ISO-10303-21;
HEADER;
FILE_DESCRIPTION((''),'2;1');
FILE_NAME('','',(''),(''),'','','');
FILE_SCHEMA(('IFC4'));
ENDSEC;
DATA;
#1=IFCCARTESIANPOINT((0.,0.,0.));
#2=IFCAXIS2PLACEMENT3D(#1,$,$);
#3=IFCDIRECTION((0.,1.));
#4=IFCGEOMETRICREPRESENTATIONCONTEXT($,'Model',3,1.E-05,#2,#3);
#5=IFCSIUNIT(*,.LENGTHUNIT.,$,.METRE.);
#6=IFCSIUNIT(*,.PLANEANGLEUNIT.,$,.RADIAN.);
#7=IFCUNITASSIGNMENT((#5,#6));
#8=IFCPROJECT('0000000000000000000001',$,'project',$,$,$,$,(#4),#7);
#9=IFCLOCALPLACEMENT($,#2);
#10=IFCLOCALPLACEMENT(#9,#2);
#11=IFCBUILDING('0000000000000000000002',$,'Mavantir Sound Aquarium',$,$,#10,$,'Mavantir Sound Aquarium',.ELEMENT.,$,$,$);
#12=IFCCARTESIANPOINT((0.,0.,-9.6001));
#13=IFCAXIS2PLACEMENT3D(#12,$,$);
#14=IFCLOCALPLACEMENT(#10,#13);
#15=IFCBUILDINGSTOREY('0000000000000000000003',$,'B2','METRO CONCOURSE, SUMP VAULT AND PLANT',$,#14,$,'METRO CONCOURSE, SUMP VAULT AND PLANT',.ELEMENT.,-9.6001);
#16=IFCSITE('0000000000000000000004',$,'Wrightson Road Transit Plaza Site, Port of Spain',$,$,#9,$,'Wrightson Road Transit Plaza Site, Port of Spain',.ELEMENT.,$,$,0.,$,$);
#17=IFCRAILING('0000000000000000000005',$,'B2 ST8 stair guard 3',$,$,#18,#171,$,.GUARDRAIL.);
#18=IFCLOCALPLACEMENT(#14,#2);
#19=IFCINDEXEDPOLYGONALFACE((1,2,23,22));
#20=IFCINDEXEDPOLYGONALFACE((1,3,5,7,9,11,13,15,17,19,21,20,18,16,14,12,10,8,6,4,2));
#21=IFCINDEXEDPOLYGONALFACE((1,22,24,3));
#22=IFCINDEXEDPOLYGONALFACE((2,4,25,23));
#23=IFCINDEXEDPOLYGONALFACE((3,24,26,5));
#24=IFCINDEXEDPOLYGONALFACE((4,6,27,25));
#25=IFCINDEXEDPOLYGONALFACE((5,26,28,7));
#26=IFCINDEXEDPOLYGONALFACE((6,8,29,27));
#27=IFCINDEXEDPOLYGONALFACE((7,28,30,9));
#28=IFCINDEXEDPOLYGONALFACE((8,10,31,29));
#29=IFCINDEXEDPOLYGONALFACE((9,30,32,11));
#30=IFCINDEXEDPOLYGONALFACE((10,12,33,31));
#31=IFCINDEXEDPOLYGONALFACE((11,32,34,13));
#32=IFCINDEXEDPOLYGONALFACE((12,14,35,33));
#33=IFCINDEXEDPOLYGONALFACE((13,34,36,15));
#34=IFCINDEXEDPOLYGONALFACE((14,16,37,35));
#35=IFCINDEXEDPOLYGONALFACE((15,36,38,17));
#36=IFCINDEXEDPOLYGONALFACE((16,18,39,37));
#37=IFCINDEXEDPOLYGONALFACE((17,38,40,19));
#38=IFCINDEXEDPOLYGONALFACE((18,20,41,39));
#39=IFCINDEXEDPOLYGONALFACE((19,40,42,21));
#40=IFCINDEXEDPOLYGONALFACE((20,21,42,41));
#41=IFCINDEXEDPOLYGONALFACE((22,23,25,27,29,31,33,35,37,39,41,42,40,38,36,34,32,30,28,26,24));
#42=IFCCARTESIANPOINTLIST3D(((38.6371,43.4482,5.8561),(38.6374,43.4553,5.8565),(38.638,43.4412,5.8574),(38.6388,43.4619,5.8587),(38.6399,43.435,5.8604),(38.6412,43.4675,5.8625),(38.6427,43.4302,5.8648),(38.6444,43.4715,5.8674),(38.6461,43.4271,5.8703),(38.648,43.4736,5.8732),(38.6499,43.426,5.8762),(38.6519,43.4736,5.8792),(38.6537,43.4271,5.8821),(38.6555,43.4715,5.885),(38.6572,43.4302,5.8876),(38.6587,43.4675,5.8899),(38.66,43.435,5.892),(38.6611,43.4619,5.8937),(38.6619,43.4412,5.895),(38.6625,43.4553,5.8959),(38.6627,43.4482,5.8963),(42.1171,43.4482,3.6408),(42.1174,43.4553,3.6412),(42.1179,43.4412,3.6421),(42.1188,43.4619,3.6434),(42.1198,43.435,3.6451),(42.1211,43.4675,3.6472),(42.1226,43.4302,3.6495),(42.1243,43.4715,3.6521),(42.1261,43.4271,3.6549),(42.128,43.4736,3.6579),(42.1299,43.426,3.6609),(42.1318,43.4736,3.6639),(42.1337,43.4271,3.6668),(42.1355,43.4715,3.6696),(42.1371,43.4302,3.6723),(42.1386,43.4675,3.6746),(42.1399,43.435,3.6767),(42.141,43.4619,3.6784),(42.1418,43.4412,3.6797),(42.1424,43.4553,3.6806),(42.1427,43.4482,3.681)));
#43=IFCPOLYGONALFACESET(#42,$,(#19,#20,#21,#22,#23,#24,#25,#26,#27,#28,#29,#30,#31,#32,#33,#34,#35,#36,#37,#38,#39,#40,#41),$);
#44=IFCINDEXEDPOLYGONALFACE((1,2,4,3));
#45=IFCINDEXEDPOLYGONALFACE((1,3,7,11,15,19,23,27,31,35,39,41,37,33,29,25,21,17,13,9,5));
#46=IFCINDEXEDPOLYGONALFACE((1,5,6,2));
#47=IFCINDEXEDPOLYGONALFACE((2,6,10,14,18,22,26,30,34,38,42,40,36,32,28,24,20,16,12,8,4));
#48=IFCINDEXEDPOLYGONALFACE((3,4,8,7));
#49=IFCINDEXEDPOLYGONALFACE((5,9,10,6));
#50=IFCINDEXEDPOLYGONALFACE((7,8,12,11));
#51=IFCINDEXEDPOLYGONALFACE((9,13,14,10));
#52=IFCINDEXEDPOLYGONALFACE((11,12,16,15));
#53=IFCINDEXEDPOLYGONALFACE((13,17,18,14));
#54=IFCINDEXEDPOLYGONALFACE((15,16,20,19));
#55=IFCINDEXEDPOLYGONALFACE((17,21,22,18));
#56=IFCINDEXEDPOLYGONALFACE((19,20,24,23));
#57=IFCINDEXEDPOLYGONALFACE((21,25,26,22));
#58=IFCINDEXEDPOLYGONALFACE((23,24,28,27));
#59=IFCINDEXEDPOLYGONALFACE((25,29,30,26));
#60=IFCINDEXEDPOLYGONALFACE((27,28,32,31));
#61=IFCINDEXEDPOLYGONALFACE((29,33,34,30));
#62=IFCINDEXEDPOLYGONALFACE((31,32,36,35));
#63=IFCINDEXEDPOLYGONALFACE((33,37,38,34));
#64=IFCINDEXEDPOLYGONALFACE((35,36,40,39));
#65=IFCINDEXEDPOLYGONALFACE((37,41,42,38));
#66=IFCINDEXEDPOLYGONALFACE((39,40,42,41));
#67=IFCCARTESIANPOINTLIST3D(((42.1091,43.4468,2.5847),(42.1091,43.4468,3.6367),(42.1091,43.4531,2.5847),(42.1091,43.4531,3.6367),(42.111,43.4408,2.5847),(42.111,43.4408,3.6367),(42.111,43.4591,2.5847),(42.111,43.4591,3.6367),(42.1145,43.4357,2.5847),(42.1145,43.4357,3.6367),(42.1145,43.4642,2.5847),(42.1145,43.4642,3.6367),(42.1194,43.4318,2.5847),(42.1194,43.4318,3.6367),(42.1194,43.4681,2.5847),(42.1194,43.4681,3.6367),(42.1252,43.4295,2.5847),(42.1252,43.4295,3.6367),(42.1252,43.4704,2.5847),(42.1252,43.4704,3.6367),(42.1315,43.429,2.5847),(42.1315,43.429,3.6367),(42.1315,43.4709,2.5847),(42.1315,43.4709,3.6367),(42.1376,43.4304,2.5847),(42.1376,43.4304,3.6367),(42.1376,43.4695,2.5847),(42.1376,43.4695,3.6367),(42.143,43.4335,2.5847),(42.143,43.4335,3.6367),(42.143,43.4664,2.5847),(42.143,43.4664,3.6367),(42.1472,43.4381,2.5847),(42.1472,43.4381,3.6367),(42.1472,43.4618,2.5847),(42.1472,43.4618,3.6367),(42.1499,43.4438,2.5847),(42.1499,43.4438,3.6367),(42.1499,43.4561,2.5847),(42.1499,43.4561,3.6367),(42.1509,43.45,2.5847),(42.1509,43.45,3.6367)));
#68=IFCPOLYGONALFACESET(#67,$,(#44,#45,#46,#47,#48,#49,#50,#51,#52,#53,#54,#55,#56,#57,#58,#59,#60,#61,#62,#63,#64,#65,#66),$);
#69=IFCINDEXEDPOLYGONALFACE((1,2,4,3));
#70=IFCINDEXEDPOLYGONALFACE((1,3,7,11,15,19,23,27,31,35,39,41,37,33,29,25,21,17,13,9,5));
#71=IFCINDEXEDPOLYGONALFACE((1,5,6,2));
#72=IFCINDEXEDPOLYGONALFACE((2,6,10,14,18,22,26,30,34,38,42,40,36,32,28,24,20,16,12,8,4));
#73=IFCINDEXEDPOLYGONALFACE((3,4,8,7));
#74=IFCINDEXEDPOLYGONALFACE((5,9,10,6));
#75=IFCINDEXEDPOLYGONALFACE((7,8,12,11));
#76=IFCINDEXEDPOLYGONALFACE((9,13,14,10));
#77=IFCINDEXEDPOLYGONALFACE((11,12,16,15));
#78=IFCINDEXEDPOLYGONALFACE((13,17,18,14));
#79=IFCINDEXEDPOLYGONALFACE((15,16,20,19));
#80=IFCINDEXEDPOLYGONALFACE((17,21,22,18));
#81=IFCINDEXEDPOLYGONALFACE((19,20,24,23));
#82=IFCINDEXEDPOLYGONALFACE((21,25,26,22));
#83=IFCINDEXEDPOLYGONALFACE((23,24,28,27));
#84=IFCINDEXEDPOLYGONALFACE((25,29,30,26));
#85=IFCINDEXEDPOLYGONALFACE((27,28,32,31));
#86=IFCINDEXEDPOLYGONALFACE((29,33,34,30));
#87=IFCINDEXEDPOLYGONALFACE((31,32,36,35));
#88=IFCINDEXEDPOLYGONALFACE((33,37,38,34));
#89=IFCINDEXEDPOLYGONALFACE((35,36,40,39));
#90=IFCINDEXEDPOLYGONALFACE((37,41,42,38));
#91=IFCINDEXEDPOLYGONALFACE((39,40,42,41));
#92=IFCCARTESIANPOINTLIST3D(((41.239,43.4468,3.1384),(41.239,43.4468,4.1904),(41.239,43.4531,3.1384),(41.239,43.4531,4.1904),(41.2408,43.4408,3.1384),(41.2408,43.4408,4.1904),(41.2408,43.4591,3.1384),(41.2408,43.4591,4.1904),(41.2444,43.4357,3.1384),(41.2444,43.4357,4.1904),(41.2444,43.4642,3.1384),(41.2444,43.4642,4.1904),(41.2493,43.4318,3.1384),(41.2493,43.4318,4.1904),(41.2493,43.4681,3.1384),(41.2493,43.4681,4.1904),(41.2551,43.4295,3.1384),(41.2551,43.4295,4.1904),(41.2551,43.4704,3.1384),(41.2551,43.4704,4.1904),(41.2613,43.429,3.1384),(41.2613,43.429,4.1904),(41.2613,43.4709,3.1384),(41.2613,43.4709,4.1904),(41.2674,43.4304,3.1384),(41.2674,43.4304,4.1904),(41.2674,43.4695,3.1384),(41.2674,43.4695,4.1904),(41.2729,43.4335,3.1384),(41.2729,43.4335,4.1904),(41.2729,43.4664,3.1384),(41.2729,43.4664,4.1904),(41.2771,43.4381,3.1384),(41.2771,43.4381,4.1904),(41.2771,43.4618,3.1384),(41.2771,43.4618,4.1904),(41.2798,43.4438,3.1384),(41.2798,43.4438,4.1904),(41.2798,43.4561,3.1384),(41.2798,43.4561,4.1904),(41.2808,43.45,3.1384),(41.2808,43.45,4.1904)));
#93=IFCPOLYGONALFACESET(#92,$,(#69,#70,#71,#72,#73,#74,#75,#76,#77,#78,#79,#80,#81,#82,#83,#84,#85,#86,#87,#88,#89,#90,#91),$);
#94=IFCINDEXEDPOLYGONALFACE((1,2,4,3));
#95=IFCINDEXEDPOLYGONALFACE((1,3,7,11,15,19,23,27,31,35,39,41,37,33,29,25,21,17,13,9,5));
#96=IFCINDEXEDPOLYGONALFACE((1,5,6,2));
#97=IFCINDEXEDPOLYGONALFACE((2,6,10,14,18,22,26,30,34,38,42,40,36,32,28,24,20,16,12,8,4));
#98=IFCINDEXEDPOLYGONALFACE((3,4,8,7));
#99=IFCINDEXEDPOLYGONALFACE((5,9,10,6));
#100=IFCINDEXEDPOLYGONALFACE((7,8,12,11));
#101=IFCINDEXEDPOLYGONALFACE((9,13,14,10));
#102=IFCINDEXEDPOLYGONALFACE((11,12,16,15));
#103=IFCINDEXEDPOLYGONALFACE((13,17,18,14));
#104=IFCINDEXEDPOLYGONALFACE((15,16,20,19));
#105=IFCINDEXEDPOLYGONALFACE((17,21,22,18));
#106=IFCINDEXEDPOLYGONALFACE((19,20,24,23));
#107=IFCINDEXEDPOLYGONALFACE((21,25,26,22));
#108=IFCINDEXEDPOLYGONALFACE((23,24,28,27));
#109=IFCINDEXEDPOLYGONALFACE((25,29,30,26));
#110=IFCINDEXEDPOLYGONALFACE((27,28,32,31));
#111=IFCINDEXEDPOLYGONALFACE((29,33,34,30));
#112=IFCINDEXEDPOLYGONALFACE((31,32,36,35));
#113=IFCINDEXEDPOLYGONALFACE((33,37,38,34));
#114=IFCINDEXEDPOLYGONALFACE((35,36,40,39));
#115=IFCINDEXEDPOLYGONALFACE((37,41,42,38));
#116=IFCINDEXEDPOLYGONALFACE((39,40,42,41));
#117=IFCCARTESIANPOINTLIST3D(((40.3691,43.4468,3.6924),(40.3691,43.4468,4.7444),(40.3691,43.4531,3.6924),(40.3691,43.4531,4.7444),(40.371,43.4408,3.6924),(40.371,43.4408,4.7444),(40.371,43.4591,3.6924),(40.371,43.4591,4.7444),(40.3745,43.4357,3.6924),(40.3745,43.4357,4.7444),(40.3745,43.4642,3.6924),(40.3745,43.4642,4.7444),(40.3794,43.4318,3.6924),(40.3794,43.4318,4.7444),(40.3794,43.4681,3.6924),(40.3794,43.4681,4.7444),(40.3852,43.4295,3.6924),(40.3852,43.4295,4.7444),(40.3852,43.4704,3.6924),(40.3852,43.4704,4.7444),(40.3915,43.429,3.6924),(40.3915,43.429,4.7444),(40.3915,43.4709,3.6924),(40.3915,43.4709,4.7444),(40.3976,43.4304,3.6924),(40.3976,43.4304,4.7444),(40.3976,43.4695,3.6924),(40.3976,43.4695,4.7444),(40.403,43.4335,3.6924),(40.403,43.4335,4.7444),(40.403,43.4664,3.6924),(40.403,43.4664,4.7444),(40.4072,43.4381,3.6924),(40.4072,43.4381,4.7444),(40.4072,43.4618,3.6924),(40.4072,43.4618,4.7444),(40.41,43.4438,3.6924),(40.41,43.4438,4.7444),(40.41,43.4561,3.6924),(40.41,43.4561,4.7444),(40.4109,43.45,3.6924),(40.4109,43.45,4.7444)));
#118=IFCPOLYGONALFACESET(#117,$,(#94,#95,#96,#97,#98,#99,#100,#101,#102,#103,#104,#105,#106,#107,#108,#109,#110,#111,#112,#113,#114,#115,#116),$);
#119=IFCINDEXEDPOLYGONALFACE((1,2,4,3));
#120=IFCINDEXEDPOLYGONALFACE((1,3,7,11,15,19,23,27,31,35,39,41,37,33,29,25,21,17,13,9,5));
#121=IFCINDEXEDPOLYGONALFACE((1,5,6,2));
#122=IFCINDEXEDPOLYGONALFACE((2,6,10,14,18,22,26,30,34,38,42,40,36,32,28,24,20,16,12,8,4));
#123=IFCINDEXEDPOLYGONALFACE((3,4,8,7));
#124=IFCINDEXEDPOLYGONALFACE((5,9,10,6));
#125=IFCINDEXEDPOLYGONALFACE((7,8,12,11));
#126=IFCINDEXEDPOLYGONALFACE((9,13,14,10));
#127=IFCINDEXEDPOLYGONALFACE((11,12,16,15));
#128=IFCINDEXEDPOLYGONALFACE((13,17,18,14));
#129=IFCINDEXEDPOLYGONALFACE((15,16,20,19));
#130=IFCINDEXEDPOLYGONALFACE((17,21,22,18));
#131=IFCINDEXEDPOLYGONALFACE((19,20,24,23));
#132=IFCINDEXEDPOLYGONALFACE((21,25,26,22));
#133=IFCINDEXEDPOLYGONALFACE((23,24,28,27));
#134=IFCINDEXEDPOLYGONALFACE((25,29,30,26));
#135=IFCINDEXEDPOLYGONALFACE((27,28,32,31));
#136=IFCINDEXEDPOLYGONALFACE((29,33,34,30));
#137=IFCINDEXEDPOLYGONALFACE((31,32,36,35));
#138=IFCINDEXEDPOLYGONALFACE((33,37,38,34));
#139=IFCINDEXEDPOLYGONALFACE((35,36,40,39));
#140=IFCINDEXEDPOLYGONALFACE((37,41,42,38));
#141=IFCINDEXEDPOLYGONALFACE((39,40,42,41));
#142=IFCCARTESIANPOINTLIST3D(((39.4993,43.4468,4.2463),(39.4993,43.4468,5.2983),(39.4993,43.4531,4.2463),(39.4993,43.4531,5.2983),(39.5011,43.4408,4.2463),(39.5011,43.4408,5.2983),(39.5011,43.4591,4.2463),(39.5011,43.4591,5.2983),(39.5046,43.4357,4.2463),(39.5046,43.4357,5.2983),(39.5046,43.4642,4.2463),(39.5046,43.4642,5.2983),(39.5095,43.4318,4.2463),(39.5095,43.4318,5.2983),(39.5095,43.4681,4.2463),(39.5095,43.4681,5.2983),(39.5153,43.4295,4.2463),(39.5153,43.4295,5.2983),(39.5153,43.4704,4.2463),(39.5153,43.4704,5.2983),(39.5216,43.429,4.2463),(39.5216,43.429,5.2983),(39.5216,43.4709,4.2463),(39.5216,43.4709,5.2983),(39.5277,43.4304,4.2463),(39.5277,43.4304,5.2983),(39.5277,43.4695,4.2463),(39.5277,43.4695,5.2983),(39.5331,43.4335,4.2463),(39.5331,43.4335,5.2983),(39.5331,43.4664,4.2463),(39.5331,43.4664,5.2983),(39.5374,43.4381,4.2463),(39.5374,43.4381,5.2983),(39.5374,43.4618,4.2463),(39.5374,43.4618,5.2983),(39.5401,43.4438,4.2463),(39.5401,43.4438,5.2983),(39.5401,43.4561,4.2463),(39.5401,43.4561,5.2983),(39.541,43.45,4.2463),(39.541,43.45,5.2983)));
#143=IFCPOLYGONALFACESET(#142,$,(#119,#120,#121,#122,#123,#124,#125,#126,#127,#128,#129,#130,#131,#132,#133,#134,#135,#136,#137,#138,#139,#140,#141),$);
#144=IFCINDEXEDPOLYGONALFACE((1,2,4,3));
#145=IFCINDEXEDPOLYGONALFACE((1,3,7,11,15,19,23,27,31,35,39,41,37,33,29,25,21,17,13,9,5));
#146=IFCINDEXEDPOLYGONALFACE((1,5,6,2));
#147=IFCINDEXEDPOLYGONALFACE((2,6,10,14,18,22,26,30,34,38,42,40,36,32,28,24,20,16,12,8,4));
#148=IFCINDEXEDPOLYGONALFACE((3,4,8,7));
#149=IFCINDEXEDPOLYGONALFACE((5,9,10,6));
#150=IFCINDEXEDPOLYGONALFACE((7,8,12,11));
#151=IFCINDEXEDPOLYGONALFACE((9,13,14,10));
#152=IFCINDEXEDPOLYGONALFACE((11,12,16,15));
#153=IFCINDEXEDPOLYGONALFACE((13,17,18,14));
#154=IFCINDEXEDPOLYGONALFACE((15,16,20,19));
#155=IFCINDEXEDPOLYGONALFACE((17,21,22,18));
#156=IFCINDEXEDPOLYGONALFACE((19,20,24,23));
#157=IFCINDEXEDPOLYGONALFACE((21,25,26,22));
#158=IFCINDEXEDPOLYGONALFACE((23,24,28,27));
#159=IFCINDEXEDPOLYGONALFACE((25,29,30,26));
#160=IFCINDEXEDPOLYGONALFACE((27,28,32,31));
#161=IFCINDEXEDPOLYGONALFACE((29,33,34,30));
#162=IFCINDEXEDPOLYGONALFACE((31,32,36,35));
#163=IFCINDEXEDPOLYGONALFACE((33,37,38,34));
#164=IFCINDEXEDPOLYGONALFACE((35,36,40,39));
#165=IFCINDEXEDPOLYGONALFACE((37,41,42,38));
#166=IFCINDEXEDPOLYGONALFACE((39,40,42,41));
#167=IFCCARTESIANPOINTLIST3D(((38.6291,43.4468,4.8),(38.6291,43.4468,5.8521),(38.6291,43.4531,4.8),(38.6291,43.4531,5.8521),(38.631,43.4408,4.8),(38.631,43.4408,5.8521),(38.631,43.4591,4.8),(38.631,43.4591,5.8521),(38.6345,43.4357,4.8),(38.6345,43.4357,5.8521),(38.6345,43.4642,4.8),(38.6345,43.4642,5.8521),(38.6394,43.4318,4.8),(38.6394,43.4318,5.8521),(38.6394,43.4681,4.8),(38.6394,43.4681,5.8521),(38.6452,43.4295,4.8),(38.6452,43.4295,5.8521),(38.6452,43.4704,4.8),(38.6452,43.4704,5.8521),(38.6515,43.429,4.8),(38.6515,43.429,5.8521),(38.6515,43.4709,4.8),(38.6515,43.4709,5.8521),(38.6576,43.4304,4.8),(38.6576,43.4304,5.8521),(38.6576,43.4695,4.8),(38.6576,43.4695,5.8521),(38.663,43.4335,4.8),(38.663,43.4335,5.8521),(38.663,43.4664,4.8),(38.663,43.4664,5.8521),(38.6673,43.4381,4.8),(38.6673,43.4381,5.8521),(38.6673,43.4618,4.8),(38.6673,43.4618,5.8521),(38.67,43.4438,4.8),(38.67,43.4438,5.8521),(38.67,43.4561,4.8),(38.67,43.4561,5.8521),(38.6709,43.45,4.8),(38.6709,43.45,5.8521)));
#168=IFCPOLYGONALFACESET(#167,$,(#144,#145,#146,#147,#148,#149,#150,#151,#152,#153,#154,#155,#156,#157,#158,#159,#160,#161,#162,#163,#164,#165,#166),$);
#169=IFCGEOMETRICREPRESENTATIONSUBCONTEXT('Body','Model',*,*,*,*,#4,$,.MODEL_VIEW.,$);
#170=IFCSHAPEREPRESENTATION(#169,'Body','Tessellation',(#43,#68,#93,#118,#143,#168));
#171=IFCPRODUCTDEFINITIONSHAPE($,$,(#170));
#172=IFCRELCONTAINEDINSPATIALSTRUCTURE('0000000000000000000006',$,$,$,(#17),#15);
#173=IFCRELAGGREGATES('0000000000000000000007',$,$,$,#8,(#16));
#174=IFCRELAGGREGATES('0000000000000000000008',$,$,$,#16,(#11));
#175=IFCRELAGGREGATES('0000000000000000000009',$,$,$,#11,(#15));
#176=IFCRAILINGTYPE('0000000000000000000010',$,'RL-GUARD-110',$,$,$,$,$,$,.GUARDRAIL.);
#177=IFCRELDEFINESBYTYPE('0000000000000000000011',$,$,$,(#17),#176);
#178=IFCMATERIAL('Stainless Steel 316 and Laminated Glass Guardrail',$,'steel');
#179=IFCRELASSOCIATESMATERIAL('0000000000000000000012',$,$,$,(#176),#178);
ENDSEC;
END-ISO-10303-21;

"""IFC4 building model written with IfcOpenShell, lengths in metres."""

from ifc_helpers import new_model, si_unit, direction, frame, origin, origin_2d, place, context, subcontext, project, spatial, circle, extrude, material, type_object, element, save


model = new_model("IFC4")

# Units and contexts
model_context = context("Model", 3, precision=1e-05, world=origin(), true_north=direction((0.0, 1.0)))
body_context = subcontext(model_context, "Body", "Model", "MODEL_VIEW")
ifc_project = project(units=[si_unit("LENGTHUNIT", "METRE"), si_unit("PLANEANGLEUNIT", "RADIAN")], contexts=[model_context])

# Site, building, storey
site_placement = place(None, origin())
site = spatial("IfcSite", under=ifc_project, at=site_placement, Name="Wrightson Road Transit Plaza Site, Port of Spain", LongName="Wrightson Road Transit Plaza Site, Port of Spain", CompositionType="ELEMENT", RefElevation=0.0)
building_placement = place(site_placement, origin())
building = spatial("IfcBuilding", under=site, at=building_placement, Name="Mavantir Sound Aquarium", LongName="Mavantir Sound Aquarium", CompositionType="ELEMENT")
storey_placement = place(building_placement, frame((0.0, 0.0, -9.6001)))
storey = spatial("IfcBuildingStorey", under=building, at=storey_placement, Name="B2", Description="METRO CONCOURSE, SUMP VAULT AND PLANT", LongName="METRO CONCOURSE, SUMP VAULT AND PLANT", CompositionType="ELEMENT", Elevation=-9.6001)

# Railing
ifc_material_1 = material(Name="Stainless Steel 316 and Laminated Glass Guardrail", Category="steel")
railing_type_1 = type_object("IfcRailingType", Name="RL-GUARD-110", PredefinedType="GUARDRAIL", material=ifc_material_1)
railing_1_placement = place(storey_placement, frame((42.1299, 43.45, 2.5847)))
element("IfcRailing", 1, at=railing_1_placement, inside=storey, type_object=railing_type_1, Name="B2 ST8 stair guard 3", PredefinedType="GUARDRAIL", context=body_context, shape_type="SweptSolid", body=[
    extrude(circle(Radius=0.0239, at=origin_2d()), frame((0.0, 0.0, 1.0762), z_axis=(-0.843574, 0.0, 0.537013), x_axis=(0.0, -1.0, 0.0)), (0.0, 0.0, 1.0), 4.1252),
    extrude(circle(Radius=0.021, at=origin_2d()), origin(), (0.0, 0.0, 1.0), 1.052),
    extrude(circle(Radius=0.021, at=origin_2d()), frame((-0.8701, 0.0, 0.5537)), (0.0, 0.0, 1.0), 1.052),
    extrude(circle(Radius=0.021, at=origin_2d()), frame((-1.74, 0.0, 1.1077)), (0.0, 0.0, 1.0), 1.052),
    extrude(circle(Radius=0.021, at=origin_2d()), frame((-2.6099, 0.0, 1.6616)), (0.0, 0.0, 1.0), 1.052),
    extrude(circle(Radius=0.021, at=origin_2d()), frame((-3.48, 0.0, 2.2153)), (0.0, 0.0, 1.0), 1.052),
])

save(model, "model.ifc")
